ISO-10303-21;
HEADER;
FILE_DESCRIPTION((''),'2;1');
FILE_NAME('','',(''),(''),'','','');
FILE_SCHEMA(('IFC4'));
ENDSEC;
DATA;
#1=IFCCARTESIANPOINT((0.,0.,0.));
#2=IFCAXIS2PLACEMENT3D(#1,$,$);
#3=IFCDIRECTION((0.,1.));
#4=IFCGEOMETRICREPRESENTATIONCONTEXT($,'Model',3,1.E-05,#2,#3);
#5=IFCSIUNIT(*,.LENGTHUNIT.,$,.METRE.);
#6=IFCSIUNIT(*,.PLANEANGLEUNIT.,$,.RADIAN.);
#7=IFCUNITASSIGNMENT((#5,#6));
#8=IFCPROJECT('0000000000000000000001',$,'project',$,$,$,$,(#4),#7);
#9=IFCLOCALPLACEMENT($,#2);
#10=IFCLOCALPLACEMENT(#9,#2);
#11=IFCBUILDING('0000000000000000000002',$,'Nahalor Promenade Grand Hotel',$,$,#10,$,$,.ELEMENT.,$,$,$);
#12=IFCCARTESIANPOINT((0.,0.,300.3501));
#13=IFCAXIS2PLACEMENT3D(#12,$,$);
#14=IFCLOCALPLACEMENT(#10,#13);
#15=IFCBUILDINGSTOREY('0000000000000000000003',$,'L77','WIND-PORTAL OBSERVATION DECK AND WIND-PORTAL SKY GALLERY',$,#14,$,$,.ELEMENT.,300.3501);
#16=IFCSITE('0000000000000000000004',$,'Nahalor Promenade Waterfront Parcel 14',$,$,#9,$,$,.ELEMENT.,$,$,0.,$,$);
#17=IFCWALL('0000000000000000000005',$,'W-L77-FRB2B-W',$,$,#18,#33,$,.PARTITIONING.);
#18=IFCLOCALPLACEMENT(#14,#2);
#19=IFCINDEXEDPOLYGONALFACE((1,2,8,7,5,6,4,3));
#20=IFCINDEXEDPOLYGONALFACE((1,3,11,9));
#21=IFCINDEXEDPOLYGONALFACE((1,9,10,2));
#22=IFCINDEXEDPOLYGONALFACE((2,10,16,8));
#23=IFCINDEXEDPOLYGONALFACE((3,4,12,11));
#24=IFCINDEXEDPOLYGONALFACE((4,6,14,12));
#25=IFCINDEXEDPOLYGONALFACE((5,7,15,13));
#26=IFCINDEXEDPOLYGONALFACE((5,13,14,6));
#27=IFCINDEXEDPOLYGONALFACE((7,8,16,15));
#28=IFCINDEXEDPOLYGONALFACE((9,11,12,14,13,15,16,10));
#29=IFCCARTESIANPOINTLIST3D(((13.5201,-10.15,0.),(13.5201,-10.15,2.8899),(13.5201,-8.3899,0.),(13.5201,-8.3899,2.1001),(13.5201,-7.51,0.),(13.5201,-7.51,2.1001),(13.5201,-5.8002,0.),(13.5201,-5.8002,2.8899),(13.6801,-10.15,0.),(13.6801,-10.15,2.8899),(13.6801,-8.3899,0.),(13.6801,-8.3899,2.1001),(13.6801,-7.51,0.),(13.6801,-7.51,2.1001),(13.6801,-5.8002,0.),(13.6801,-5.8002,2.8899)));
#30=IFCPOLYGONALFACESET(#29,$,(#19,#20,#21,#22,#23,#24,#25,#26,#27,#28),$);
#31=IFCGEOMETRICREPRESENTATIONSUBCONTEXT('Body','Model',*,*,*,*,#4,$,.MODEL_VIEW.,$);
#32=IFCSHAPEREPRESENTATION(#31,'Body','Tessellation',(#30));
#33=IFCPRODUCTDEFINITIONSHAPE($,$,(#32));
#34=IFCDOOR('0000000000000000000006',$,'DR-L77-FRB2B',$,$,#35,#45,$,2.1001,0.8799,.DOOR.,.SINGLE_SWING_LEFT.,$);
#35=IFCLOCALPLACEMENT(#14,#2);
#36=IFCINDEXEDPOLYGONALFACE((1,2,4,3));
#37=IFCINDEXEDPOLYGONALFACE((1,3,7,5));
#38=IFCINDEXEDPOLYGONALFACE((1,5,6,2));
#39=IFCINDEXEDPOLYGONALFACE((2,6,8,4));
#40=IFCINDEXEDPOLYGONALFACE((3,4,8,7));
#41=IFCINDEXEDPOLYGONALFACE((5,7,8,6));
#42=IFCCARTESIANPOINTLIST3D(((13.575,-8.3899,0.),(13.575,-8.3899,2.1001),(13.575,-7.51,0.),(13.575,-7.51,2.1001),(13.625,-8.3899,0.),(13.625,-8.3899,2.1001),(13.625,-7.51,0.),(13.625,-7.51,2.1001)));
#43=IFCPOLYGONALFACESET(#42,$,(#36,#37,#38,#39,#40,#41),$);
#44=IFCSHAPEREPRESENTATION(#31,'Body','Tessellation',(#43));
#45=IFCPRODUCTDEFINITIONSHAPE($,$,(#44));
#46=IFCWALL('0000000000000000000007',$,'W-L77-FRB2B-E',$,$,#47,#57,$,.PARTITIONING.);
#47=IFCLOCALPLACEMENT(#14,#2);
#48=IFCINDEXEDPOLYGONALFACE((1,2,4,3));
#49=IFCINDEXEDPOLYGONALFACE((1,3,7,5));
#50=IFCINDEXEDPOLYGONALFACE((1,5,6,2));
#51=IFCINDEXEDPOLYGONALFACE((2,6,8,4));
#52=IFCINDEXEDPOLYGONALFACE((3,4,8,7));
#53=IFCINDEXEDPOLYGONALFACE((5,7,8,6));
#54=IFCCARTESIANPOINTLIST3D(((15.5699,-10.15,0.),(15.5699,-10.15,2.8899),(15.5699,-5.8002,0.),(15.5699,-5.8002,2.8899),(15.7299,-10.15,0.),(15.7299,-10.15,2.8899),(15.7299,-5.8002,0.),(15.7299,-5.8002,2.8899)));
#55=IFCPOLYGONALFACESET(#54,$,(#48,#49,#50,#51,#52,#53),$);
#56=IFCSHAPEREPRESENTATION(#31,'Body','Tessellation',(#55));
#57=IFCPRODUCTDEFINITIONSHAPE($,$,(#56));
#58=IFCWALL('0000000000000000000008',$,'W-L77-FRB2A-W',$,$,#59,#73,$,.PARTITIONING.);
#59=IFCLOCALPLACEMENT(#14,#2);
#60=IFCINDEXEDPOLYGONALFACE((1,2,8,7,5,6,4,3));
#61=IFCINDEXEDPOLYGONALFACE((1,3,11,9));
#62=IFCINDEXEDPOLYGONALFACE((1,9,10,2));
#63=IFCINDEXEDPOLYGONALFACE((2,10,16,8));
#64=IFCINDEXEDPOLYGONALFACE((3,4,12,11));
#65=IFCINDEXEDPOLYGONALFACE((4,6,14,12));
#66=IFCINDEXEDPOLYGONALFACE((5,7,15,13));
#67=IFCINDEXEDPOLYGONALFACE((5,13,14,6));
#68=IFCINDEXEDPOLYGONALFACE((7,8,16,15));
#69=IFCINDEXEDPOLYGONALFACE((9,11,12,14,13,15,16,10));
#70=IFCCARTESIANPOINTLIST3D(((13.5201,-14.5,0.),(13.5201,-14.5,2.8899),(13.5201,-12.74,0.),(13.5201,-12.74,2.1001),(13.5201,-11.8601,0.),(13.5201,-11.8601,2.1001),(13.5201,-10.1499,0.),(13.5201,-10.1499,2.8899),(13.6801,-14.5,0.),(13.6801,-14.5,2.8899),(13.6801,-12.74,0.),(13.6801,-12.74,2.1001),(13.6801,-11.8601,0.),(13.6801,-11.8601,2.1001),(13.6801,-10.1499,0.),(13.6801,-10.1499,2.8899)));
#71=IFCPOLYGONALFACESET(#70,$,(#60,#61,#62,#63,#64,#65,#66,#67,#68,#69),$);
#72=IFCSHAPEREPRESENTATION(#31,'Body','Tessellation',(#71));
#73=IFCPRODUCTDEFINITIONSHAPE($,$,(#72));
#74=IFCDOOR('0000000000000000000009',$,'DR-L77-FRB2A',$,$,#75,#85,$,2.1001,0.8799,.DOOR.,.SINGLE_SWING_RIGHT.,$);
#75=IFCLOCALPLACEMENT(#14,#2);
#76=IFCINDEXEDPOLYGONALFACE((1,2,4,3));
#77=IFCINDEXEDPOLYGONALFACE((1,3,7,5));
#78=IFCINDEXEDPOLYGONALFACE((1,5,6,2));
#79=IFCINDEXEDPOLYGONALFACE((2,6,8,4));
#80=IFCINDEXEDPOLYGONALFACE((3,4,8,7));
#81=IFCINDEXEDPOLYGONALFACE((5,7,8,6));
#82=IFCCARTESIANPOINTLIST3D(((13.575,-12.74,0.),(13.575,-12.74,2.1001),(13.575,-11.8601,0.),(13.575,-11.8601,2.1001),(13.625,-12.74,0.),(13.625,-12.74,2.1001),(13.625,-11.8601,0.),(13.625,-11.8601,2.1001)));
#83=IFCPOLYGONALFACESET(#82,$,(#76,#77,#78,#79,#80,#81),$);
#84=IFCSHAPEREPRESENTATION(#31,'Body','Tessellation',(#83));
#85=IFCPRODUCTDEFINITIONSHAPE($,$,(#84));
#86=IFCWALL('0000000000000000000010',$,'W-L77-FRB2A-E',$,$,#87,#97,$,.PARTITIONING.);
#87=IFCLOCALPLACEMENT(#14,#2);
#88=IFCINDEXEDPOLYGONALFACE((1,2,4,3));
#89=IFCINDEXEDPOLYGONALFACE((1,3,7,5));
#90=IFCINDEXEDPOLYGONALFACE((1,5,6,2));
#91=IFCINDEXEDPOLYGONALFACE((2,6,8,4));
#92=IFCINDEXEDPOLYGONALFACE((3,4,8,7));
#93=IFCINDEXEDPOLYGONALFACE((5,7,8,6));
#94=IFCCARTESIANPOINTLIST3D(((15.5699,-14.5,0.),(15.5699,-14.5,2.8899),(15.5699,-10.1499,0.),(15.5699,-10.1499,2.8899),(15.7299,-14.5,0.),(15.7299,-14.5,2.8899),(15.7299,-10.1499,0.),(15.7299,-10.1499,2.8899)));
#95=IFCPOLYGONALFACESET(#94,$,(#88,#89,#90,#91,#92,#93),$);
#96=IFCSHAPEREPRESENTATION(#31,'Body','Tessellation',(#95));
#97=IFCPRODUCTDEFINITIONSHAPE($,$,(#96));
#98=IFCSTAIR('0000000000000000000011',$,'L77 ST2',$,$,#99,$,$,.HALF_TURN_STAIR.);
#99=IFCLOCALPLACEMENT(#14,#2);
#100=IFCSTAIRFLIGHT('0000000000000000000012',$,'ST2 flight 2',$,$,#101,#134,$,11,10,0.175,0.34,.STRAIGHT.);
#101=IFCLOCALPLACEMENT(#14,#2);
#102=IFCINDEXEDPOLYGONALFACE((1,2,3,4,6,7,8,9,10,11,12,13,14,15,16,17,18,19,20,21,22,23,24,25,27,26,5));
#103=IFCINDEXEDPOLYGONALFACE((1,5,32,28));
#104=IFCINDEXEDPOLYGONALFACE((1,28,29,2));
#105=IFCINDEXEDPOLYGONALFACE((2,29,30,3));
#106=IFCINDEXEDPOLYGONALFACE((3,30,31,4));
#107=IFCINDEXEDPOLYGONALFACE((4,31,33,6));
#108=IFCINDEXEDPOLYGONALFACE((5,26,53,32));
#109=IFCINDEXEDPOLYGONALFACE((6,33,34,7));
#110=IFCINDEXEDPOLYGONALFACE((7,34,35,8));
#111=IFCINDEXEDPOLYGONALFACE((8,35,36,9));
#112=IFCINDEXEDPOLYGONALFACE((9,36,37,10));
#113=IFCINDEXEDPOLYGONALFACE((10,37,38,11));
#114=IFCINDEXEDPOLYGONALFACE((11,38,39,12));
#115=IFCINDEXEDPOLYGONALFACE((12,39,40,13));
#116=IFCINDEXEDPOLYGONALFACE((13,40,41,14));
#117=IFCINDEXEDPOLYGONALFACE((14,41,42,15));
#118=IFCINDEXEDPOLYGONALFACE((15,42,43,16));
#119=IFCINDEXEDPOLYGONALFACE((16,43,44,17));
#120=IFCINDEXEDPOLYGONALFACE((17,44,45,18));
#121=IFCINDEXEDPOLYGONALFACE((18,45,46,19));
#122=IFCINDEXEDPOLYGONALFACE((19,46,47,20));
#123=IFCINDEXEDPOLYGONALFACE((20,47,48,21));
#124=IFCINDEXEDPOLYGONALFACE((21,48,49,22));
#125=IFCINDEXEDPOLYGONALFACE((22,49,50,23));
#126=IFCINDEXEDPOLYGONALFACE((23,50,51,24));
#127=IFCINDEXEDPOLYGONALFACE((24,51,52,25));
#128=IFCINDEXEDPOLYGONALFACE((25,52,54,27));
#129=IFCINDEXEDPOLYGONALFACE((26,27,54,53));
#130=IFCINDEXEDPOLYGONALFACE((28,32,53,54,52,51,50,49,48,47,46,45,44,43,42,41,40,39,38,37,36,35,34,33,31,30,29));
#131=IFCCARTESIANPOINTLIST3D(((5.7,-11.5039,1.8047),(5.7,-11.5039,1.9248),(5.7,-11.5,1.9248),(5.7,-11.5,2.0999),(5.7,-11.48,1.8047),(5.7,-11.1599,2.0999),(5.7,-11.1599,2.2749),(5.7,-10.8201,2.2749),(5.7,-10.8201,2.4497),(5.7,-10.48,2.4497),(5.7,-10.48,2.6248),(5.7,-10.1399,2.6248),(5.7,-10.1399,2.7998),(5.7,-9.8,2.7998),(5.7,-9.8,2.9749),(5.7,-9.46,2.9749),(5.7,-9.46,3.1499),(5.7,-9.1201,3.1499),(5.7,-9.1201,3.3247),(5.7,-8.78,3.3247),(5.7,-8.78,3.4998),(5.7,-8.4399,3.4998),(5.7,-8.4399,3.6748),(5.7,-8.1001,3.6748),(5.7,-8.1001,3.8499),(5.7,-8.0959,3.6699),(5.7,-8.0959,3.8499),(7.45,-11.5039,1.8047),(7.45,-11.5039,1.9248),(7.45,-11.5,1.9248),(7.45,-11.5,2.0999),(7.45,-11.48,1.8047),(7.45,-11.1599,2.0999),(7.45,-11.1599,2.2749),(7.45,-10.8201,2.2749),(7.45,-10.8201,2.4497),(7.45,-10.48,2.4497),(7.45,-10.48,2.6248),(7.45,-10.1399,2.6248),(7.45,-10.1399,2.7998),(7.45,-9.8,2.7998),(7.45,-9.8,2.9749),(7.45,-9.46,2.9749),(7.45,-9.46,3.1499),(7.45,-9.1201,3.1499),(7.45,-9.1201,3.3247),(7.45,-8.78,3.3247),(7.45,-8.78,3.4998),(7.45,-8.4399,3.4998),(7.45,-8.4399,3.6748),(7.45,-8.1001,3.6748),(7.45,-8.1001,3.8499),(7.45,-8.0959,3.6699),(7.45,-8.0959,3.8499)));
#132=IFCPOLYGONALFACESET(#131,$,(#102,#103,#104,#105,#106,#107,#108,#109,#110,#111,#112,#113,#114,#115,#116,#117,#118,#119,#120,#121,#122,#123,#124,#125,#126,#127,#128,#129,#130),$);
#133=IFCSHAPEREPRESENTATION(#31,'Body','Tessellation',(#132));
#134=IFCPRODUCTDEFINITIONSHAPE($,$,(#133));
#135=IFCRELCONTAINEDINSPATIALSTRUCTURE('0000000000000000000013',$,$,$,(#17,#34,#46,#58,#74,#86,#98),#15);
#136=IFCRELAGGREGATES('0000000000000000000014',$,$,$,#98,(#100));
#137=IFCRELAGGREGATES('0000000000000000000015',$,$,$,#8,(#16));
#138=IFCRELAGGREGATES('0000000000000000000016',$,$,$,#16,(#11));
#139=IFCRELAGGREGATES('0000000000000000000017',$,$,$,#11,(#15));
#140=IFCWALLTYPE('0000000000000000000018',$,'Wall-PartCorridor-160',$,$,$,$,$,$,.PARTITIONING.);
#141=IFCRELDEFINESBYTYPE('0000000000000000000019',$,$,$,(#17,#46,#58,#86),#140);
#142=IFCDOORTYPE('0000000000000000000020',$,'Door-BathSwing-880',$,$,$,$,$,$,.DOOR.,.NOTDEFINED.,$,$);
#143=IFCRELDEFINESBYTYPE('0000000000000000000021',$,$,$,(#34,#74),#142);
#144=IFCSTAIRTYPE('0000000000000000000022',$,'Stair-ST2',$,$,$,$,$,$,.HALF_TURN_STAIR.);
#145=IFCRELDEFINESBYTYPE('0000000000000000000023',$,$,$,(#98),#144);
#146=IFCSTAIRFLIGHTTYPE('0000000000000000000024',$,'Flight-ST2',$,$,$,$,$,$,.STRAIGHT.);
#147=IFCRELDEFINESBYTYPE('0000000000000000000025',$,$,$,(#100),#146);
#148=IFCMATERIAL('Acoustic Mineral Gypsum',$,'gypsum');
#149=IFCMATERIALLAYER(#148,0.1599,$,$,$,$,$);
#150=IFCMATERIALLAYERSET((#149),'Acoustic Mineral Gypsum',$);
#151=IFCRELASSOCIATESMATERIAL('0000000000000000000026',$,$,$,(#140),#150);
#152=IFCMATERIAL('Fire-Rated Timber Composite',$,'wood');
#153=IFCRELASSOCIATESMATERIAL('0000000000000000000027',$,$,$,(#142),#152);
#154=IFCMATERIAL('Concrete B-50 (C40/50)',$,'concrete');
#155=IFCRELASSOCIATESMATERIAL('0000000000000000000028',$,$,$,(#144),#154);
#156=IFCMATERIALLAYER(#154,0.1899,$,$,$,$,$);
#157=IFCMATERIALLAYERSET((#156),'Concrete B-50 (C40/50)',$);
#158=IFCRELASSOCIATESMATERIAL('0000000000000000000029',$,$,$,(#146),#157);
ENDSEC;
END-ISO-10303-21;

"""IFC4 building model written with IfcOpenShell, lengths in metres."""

from ifc_helpers import new_model, si_unit, direction, frame, frame_2d, origin, place, context, subcontext, project, spatial, polyline, rectangle, outline, extrude, source, transform, mapped, material, layer, layer_set, type_object, element, fill, aggregate, save


model = new_model("IFC4")

# Units and contexts
model_context = context("Model", 3, precision=1e-05, world=origin(), true_north=direction((0.0, 1.0)))
body_context = subcontext(model_context, "Body", "Model", "MODEL_VIEW")
ifc_project = project(units=[si_unit("LENGTHUNIT", "METRE"), si_unit("PLANEANGLEUNIT", "RADIAN")], contexts=[model_context])

# Site, building, storey
site_placement = place(None, origin())
site = spatial("IfcSite", under=ifc_project, at=site_placement, Name="Nahalor Promenade Waterfront Parcel 14", CompositionType="ELEMENT", RefElevation=0.0)
building_placement = place(site_placement, origin())
building = spatial("IfcBuilding", under=site, at=building_placement, Name="Nahalor Promenade Grand Hotel", CompositionType="ELEMENT")
storey_placement = place(building_placement, frame((0.0, 0.0, 300.3501)))
storey = spatial("IfcBuildingStorey", under=building, at=storey_placement, Name="L77", Description="WIND-PORTAL OBSERVATION DECK AND WIND-PORTAL SKY GALLERY", CompositionType="ELEMENT", Elevation=300.3501)

# Shared definitions
ifc_material_1 = material(Name="Concrete B-50 (C40/50)", Category="concrete")

# Shared definitions
ifc_material_2 = material(Name="Acoustic Mineral Gypsum", Category="gypsum")
ifc_layer_1 = layer(ifc_material_2, 0.1599)
ifc_layer_set_1 = layer_set([ifc_layer_1], Name="Acoustic Mineral Gypsum")
wall_type_1 = type_object("IfcWallType", Name="Wall-PartCorridor-160", PredefinedType="PARTITIONING", material=ifc_layer_set_1)

# Wall, opening, door
shared_shape_1 = source(origin(), body_context, "Body", "SweptSolid", [
    extrude(rectangle(XDim=4.3499, YDim=0.1599, at=frame_2d((2.1748, 0.0))), origin(), (0.0, 0.0, 1.0), 2.8899),
])
wall_1_placement = place(storey_placement, frame((13.6001, -10.1499, 0.0), z_axis=(0.0, 0.0, 1.0), x_axis=(0.0, 1.0, 0.0)))
wall_1 = element("IfcWall", 1, at=wall_1_placement, inside=storey, type_object=wall_type_1, Name="W-L77-FRB2B-W", PredefinedType="PARTITIONING", context=body_context, shape_type="MappedRepresentation", body=[
    mapped(shared_shape_1, transform((0.0, 0.0, 0.0), scale=1.0)),
])
opening_1_placement = place(wall_1_placement, frame((1.76, 0.0, 0.0)))
opening_1 = element("IfcOpeningElement", 2, at=opening_1_placement, cuts=wall_1, PredefinedType="OPENING", context=body_context, shape_type="SweptSolid", body=[
    extrude(rectangle(XDim=0.8799, YDim=2.1001, at=frame_2d((0.4399, 1.05))), frame((0.0, 0.0898, 0.0), z_axis=(0.0, -1.0, 0.0), x_axis=(1.0, 0.0, 0.0)), (0.0, 0.0, 1.0), 0.1799),
])
ifc_material_3 = material(Name="Fire-Rated Timber Composite", Category="wood")
door_type_1 = type_object("IfcDoorType", Name="Door-BathSwing-880", OperationType="NOTDEFINED", PredefinedType="DOOR", material=ifc_material_3)
shared_shape_2 = source(origin(), body_context, "Body", "SweptSolid", [
    extrude(rectangle(XDim=0.8799, YDim=2.1001, at=frame_2d((0.4399, 1.05))), frame((0.0, 0.0249, 0.0), z_axis=(0.0, -1.0, 0.0), x_axis=(1.0, 0.0, 0.0)), (0.0, 0.0, 1.0), 0.05),
])
door_1_placement = place(opening_1_placement, frame((0.8799, 0.0, 0.0), z_axis=(0.0, 0.0, 1.0), x_axis=(-1.0, 0.0, 0.0)))
door_1 = element("IfcDoor", 3, at=door_1_placement, inside=storey, type_object=door_type_1, Name="DR-L77-FRB2B", OperationType="SINGLE_SWING_LEFT", OverallHeight=2.1001, OverallWidth=0.8799, PredefinedType="DOOR", context=body_context, shape_type="MappedRepresentation", body=[
    mapped(shared_shape_2, transform((0.0, 0.0, 0.0), scale=1.0)),
])
fill(opening_1, door_1)

# Wall
wall_2_placement = place(storey_placement, frame((15.6499, -10.1499, 0.0), z_axis=(0.0, 0.0, 1.0), x_axis=(0.0, 1.0, 0.0)))
element("IfcWall", 4, at=wall_2_placement, inside=storey, type_object=wall_type_1, Name="W-L77-FRB2B-E", PredefinedType="PARTITIONING", context=body_context, shape_type="MappedRepresentation", body=[
    mapped(shared_shape_1, transform((0.0, 0.0, 0.0), scale=1.0)),
])

# Wall, opening, door
shared_shape_3 = source(origin(), body_context, "Body", "SweptSolid", [
    extrude(rectangle(XDim=4.3501, YDim=0.1599, at=frame_2d((2.175, 0.0))), origin(), (0.0, 0.0, 1.0), 2.8899),
])
wall_3_placement = place(storey_placement, frame((13.6001, -14.5, 0.0), z_axis=(0.0, 0.0, 1.0), x_axis=(0.0, 1.0, 0.0)))
wall_3 = element("IfcWall", 5, at=wall_3_placement, inside=storey, type_object=wall_type_1, Name="W-L77-FRB2A-W", PredefinedType="PARTITIONING", context=body_context, shape_type="MappedRepresentation", body=[
    mapped(shared_shape_3, transform((0.0, 0.0, 0.0), scale=1.0)),
])
opening_2_placement = place(wall_3_placement, frame((1.76, 0.0, 0.0)))
opening_2 = element("IfcOpeningElement", 6, at=opening_2_placement, cuts=wall_3, PredefinedType="OPENING", context=body_context, shape_type="SweptSolid", body=[
    extrude(rectangle(XDim=0.8799, YDim=2.1001, at=frame_2d((0.4399, 1.05))), frame((0.0, 0.0898, 0.0), z_axis=(0.0, -1.0, 0.0), x_axis=(1.0, 0.0, 0.0)), (0.0, 0.0, 1.0), 0.1799),
])
door_2_placement = place(opening_2_placement, frame((0.8799, 0.0, 0.0), z_axis=(0.0, 0.0, 1.0), x_axis=(-1.0, 0.0, 0.0)))
door_2 = element("IfcDoor", 7, at=door_2_placement, inside=storey, type_object=door_type_1, Name="DR-L77-FRB2A", OperationType="SINGLE_SWING_RIGHT", OverallHeight=2.1001, OverallWidth=0.8799, PredefinedType="DOOR", context=body_context, shape_type="MappedRepresentation", body=[
    mapped(shared_shape_2, transform((0.0, 0.0, 0.0), scale=1.0)),
])
fill(opening_2, door_2)

# Wall
wall_4_placement = place(storey_placement, frame((15.6499, -14.5, 0.0), z_axis=(0.0, 0.0, 1.0), x_axis=(0.0, 1.0, 0.0)))
element("IfcWall", 8, at=wall_4_placement, inside=storey, type_object=wall_type_1, Name="W-L77-FRB2A-E", PredefinedType="PARTITIONING", context=body_context, shape_type="MappedRepresentation", body=[
    mapped(shared_shape_3, transform((0.0, 0.0, 0.0), scale=1.0)),
])

# Stair, stair flight
stair_type = type_object("IfcStairType", Name="Stair-ST2", PredefinedType="HALF_TURN_STAIR", material=ifc_material_1)
stair_placement = place(storey_placement, origin())
stair = element("IfcStair", 9, at=stair_placement, inside=storey, type_object=stair_type, Name="L77 ST2", PredefinedType="HALF_TURN_STAIR")
ifc_layer_2 = layer(ifc_material_1, 0.1899)
ifc_layer_set_2 = layer_set([ifc_layer_2], Name="Concrete B-50 (C40/50)")
stair_flight_type = type_object("IfcStairFlightType", Name="Flight-ST2", PredefinedType="STRAIGHT", material=ifc_layer_set_2)
shared_shape_4 = source(origin(), body_context, "Body", "SweptSolid", [
    extrude(outline(polyline([(-0.0039, -0.1201), (-0.0039, 0.0), (0.0, 0.0), (0.0, 0.175), (0.3401, 0.175), (0.3401, 0.3501), (0.6799, 0.3501), (0.6799, 0.5249), (1.02, 0.5249), (1.02, 0.7), (1.3601, 0.7), (1.3601, 0.875), (1.7, 0.875), (1.7, 1.05), (2.04, 1.05), (2.04, 1.2251), (2.3799, 1.2251), (2.3799, 1.3999), (2.72, 1.3999), (2.72, 1.575), (3.0601, 1.575), (3.0601, 1.75), (3.3999, 1.75), (3.3999, 1.925), (3.4041, 1.925), (3.4041, 1.7451), (0.02, -0.1201), (-0.0039, -0.1201)])), frame((0.0, 0.875, 0.0), z_axis=(0.0, -1.0, 0.0), x_axis=(1.0, 0.0, 0.0)), (0.0, 0.0, 1.0), 1.75),
])
stair_flight_placement = place(storey_placement, frame((6.575, -11.5, 1.9248), z_axis=(0.0, 0.0, 1.0), x_axis=(0.0, 1.0, 0.0)))
stair_flight = element("IfcStairFlight", 10, at=stair_flight_placement, type_object=stair_flight_type, Name="ST2 flight 2", NumberOfRisers=11, NumberOfTreads=10, PredefinedType="STRAIGHT", RiserHeight=0.175, TreadLength=0.34, context=body_context, shape_type="MappedRepresentation", body=[
    mapped(shared_shape_4, transform((0.0, 0.0, 0.0), scale=1.0)),
])
aggregate(stair, [stair_flight])

save(model, "model.ifc")
